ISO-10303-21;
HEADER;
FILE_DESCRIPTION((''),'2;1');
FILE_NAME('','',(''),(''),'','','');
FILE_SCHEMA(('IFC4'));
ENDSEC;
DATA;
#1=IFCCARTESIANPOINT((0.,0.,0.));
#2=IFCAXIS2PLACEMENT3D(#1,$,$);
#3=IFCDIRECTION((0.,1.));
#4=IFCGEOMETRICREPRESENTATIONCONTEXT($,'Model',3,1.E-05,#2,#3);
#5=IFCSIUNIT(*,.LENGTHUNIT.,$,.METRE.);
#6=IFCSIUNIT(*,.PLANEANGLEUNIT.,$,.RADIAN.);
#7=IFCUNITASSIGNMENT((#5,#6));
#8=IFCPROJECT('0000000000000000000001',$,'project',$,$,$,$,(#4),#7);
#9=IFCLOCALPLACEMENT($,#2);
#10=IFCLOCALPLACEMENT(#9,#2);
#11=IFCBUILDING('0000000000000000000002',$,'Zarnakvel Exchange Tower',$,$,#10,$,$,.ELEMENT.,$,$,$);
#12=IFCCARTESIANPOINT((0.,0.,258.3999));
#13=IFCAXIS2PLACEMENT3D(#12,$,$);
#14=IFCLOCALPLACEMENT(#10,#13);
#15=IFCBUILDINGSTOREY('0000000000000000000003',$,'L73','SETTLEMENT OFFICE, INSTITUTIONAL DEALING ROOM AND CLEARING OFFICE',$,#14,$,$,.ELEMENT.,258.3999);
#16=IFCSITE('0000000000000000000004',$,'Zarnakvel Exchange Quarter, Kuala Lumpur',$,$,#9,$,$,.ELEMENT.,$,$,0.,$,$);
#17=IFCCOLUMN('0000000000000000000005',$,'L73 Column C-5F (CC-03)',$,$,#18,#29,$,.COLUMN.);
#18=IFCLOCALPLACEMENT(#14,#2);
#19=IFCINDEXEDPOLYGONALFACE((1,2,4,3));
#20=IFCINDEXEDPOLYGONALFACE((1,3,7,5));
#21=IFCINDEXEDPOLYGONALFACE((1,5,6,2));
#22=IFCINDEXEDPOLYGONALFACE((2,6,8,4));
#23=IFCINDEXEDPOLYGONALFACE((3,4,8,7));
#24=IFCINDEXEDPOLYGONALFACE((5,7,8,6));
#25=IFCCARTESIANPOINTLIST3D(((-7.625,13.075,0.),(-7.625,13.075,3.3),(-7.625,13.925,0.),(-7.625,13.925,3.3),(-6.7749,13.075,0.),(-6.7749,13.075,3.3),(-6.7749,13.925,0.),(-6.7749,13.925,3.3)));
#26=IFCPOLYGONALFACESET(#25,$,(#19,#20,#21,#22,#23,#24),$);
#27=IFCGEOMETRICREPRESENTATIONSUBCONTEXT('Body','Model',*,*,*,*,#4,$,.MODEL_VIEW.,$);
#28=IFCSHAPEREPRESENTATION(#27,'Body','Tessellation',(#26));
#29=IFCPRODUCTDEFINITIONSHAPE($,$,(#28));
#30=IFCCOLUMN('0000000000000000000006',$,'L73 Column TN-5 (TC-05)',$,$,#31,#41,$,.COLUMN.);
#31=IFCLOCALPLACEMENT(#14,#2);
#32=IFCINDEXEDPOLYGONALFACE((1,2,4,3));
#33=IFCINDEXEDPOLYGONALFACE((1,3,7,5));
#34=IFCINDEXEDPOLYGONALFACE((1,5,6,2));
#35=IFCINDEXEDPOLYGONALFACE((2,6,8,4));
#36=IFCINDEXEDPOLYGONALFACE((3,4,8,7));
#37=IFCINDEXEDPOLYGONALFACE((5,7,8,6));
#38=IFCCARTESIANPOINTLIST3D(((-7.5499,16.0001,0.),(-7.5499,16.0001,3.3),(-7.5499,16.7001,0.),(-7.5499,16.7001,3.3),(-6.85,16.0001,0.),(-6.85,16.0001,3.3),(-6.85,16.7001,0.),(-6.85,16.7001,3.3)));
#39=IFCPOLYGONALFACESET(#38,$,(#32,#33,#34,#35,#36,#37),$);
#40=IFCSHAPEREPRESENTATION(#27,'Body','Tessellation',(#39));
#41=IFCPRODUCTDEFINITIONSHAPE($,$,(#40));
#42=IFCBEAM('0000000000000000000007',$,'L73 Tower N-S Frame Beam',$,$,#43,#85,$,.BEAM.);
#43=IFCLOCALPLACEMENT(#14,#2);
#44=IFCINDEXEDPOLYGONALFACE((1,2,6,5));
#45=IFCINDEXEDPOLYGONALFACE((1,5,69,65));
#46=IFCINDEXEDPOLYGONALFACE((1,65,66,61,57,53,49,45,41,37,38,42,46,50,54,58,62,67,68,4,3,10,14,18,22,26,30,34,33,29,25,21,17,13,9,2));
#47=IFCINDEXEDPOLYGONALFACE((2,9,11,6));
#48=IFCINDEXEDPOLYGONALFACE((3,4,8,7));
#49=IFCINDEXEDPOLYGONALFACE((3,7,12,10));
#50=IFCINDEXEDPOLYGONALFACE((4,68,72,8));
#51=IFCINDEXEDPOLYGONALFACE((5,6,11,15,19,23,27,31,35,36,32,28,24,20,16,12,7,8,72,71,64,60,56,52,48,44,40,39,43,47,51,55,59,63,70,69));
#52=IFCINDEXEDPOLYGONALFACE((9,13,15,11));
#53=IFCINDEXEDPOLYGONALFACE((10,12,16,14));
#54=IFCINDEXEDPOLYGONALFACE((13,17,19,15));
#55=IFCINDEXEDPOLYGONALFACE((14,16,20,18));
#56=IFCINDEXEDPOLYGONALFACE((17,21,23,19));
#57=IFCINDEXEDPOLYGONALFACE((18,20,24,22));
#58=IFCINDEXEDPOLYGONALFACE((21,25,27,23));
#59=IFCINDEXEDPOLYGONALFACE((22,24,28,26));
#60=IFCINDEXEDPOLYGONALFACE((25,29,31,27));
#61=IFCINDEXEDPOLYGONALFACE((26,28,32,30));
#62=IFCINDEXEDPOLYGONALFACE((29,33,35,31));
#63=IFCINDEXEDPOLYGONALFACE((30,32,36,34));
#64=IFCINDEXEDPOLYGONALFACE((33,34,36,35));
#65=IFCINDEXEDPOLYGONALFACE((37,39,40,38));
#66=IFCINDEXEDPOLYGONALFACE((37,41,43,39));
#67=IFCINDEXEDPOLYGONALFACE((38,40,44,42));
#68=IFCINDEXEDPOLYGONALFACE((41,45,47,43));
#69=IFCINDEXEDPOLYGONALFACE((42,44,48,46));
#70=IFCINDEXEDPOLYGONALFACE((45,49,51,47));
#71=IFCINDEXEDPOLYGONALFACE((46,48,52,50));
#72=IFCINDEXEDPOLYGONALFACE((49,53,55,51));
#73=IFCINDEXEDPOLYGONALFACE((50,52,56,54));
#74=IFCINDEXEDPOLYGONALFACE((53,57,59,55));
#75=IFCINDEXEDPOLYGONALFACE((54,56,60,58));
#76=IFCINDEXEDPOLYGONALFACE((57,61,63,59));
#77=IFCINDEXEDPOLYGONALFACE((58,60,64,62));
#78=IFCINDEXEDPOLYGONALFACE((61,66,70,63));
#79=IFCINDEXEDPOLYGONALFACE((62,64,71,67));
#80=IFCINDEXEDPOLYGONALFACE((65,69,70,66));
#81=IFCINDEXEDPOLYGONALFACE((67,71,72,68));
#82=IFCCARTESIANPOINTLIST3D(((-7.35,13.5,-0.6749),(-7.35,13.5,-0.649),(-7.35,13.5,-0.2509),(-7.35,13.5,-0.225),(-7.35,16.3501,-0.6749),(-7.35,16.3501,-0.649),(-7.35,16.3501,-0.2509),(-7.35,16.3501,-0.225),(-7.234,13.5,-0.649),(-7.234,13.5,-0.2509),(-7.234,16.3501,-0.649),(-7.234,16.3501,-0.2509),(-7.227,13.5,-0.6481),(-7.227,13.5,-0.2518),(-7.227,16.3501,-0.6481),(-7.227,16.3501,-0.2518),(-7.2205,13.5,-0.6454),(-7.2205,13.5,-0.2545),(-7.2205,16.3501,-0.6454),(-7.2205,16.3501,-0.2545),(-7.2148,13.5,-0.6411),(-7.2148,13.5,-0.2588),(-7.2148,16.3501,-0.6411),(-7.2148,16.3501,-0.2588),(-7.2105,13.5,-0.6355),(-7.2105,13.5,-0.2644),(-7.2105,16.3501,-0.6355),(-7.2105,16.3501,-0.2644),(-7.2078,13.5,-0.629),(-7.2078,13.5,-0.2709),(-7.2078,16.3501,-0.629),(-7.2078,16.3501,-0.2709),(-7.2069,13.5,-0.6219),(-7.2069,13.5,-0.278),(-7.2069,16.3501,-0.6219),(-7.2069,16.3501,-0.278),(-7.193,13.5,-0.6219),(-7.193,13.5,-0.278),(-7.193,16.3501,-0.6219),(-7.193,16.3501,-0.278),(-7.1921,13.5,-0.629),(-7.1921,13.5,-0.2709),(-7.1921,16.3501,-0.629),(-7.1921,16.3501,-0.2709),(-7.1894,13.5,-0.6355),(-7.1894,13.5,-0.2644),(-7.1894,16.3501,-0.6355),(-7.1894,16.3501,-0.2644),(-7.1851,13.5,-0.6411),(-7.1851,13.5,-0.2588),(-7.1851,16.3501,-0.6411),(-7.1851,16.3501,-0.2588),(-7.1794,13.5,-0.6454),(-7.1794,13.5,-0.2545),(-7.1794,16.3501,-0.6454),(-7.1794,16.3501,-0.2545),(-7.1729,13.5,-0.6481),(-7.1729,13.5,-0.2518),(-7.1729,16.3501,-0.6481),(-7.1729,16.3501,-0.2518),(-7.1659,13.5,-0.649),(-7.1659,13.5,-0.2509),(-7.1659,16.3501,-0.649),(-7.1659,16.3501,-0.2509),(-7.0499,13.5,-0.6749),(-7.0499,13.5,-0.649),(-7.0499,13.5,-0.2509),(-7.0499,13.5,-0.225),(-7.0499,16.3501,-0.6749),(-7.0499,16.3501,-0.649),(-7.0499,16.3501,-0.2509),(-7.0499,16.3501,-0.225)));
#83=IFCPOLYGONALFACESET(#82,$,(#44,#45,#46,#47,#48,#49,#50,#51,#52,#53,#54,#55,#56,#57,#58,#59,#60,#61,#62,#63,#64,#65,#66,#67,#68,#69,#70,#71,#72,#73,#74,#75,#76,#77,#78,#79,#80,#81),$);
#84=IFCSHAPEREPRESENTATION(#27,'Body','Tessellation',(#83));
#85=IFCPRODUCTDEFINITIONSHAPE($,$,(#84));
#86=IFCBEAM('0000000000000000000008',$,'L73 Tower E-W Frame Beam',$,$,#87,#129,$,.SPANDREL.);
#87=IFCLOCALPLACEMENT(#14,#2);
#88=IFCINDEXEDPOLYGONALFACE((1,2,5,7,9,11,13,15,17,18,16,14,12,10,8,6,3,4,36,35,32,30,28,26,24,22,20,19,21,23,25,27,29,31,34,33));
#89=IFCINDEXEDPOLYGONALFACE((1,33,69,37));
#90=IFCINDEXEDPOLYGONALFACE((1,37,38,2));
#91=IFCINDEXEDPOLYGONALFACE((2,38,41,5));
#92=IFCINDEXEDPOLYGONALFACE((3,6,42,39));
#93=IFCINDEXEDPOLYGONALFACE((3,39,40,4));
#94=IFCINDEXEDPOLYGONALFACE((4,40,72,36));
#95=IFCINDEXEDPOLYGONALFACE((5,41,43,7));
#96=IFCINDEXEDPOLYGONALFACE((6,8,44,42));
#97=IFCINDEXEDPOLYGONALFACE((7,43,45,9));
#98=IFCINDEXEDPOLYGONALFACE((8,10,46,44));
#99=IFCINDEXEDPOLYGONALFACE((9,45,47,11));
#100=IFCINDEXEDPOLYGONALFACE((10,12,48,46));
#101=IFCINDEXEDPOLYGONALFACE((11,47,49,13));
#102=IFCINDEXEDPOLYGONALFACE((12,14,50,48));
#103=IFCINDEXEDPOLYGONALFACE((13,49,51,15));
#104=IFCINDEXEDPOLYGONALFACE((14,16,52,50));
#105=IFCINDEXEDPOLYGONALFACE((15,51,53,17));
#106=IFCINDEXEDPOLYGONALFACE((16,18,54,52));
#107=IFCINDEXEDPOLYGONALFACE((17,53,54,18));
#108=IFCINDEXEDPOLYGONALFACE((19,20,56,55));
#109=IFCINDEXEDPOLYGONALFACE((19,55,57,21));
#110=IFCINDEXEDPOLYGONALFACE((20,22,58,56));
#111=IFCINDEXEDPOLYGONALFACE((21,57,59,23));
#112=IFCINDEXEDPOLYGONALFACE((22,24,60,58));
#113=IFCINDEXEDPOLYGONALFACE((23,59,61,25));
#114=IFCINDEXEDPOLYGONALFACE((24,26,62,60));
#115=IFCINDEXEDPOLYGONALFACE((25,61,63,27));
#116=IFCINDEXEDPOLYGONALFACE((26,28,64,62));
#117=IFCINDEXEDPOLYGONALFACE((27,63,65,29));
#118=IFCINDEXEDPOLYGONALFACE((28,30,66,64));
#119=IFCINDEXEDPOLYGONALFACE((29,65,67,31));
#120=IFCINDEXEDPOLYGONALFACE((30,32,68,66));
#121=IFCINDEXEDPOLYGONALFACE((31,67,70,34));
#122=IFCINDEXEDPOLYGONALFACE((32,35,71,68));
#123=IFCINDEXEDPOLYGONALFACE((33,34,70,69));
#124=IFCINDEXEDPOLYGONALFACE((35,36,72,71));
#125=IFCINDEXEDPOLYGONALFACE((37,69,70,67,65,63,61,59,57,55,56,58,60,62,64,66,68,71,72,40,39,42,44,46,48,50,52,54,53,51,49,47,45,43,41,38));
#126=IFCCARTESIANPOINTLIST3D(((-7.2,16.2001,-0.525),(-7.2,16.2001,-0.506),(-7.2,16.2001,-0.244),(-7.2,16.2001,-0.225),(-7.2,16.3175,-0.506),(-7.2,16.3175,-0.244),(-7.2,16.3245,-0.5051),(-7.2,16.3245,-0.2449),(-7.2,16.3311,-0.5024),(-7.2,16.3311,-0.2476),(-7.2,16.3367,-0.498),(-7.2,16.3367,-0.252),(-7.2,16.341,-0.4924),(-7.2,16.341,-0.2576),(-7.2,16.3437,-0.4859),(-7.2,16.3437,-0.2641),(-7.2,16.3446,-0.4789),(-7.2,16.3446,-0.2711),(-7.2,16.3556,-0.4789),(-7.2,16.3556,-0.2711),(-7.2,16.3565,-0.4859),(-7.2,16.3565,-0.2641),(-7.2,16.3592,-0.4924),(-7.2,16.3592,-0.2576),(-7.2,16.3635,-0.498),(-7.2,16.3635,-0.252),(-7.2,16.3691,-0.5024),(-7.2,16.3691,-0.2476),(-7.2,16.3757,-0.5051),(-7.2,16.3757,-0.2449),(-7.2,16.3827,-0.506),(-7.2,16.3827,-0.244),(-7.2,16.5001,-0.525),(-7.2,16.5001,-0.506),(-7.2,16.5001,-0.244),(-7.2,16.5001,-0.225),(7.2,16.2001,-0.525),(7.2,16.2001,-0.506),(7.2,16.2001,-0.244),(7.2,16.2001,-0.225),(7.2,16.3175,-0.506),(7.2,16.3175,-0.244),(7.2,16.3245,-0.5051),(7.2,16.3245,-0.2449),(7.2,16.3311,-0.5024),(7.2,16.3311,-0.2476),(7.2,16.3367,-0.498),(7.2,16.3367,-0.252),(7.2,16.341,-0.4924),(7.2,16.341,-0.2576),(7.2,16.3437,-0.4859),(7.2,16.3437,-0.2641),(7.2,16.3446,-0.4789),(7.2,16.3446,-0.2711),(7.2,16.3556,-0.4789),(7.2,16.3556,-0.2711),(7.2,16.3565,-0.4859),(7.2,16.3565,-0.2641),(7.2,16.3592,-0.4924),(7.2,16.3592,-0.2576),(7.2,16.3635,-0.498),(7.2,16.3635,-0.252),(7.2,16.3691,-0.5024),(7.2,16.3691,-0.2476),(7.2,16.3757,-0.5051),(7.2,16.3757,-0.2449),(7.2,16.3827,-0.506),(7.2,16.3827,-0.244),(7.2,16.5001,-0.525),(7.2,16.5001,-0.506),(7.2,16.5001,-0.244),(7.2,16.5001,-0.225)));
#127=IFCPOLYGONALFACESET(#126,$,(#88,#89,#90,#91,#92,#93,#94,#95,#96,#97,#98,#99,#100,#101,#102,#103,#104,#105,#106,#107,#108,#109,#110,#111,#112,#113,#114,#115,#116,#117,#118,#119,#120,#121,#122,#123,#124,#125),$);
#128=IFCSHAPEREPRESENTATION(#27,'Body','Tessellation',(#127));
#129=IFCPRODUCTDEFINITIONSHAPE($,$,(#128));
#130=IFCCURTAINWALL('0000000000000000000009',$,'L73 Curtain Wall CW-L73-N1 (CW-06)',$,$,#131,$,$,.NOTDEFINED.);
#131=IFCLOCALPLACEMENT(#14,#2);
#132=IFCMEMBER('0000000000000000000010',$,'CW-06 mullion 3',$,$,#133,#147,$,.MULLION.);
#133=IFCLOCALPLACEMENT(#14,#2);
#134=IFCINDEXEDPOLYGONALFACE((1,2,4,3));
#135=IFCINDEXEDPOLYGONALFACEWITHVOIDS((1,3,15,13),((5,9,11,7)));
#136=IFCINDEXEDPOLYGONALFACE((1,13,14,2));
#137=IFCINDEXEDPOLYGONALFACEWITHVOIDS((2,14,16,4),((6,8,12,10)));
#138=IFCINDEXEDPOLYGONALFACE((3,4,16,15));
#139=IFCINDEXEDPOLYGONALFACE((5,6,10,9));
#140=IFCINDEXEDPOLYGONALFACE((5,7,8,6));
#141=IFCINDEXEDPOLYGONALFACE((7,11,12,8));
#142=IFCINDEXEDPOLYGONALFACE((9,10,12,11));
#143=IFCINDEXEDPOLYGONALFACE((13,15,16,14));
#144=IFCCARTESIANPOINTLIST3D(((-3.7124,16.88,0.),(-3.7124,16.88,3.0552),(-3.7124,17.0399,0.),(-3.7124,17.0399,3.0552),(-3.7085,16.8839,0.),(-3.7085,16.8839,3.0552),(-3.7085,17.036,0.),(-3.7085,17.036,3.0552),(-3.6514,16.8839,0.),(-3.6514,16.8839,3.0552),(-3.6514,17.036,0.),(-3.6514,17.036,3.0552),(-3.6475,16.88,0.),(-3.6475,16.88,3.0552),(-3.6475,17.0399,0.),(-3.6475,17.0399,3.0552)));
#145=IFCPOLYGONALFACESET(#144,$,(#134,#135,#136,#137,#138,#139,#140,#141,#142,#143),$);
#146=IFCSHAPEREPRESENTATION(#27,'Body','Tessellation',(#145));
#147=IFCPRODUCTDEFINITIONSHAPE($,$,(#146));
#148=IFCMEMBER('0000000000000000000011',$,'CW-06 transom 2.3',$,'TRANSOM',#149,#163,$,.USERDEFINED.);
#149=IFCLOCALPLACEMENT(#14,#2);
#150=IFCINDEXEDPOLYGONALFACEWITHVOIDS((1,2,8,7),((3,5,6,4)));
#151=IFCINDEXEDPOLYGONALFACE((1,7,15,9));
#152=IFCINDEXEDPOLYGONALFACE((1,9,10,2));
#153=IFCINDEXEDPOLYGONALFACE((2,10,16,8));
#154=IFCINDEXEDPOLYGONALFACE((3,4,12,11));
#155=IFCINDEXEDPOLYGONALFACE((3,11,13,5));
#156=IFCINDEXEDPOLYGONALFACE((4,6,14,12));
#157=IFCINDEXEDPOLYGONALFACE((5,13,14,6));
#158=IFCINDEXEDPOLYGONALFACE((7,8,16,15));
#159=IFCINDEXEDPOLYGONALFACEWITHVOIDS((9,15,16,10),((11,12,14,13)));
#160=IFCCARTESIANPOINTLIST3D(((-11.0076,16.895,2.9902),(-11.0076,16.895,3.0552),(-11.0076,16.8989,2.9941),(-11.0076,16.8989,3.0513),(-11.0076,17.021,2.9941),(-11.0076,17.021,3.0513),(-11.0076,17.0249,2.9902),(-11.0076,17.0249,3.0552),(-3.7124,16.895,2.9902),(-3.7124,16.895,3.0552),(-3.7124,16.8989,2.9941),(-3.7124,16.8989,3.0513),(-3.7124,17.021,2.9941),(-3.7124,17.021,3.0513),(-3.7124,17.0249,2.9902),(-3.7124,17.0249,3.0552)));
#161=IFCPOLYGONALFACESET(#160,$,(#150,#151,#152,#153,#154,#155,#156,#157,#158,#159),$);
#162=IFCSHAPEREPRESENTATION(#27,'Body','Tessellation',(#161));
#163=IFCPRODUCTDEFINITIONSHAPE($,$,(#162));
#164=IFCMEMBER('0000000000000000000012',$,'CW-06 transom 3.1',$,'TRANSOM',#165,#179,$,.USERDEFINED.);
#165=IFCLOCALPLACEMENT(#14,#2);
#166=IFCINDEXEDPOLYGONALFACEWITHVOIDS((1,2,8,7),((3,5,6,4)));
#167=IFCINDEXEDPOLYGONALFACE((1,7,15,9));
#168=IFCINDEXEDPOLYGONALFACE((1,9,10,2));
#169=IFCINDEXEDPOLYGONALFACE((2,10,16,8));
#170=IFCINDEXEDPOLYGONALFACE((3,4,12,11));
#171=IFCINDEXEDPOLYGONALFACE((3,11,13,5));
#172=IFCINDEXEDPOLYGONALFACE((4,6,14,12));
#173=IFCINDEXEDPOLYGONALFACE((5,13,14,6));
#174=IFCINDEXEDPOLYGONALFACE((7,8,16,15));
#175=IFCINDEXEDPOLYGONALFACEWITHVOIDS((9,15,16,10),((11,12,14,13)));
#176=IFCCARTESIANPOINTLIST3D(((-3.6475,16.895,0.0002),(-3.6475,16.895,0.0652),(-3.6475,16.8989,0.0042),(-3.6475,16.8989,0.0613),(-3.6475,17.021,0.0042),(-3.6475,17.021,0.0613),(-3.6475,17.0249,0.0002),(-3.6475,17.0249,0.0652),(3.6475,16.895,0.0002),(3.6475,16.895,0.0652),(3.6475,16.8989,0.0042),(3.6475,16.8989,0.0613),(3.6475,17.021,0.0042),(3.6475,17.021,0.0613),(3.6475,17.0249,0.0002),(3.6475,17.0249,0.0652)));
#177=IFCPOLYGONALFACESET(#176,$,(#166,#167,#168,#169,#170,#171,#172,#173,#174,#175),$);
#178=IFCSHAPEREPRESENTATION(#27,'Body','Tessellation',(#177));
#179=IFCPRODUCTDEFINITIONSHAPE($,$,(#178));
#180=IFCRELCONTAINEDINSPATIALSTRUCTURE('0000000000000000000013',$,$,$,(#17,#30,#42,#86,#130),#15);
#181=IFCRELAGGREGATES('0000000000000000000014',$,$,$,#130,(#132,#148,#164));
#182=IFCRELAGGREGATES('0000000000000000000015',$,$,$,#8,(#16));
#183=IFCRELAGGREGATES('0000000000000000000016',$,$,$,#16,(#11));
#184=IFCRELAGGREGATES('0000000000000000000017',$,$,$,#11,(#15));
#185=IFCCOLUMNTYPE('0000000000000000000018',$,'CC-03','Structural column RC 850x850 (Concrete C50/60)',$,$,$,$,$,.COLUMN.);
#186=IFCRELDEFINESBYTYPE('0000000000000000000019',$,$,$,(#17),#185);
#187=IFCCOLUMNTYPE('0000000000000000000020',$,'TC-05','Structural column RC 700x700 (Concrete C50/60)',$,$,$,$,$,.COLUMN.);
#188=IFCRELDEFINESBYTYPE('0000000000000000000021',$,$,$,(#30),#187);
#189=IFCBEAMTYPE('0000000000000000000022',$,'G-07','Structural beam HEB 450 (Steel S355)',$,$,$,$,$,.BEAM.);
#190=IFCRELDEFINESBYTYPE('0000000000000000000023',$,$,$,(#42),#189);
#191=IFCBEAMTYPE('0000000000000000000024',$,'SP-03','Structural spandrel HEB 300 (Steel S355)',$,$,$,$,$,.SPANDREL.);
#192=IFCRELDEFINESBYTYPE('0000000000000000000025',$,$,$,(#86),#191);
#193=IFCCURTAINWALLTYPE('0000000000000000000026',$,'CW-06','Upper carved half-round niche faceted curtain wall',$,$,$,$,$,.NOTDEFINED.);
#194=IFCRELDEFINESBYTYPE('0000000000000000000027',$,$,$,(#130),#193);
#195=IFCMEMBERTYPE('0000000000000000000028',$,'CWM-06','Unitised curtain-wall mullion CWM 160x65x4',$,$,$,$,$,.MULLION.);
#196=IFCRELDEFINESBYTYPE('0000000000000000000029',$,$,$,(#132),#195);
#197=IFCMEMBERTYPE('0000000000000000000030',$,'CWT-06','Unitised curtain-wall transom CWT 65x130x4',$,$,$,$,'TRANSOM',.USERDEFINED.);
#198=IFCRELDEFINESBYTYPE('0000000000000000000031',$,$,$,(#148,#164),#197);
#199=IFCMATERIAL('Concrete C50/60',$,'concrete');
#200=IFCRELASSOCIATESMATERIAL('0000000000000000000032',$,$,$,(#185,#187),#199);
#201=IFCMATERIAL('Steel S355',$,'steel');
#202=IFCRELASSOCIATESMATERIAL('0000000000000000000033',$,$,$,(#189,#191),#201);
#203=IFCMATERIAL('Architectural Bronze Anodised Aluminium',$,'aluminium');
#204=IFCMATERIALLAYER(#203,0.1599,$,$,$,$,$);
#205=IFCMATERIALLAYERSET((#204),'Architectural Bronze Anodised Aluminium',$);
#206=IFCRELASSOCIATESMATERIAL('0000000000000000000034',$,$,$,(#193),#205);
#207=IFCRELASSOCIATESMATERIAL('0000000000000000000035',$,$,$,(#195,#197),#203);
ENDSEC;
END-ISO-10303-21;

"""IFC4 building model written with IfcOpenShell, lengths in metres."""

from ifc_helpers import new_model, si_unit, direction, frame, origin, origin_2d, place, context, subcontext, project, spatial, rectangle, hollow_rectangle, i_section, extrude, source, transform, mapped, material, layer, layer_set, material_profile, profile_set, type_object, element, aggregate, save


model = new_model("IFC4")

# Units and contexts
model_context = context("Model", 3, precision=1e-05, world=origin(), true_north=direction((0.0, 1.0)))
body_context = subcontext(model_context, "Body", "Model", "MODEL_VIEW")
ifc_project = project(units=[si_unit("LENGTHUNIT", "METRE"), si_unit("PLANEANGLEUNIT", "RADIAN")], contexts=[model_context])

# Site, building, storey
site_placement = place(None, origin())
site = spatial("IfcSite", under=ifc_project, at=site_placement, Name="Zarnakvel Exchange Quarter, Kuala Lumpur", CompositionType="ELEMENT", RefElevation=0.0)
building_placement = place(site_placement, origin())
building = spatial("IfcBuilding", under=site, at=building_placement, Name="Zarnakvel Exchange Tower", CompositionType="ELEMENT")
storey_placement = place(building_placement, frame((0.0, 0.0, 258.3999)))
storey = spatial("IfcBuildingStorey", under=building, at=storey_placement, Name="L73", Description="SETTLEMENT OFFICE, INSTITUTIONAL DEALING ROOM AND CLEARING OFFICE", CompositionType="ELEMENT", Elevation=258.3999)

# Columns
ifc_material_1 = material(Name="Concrete C50/60", Category="concrete")
ifc_material_profile_1 = material_profile(ifc_material_1, rectangle(XDim=0.8501, YDim=0.8501, at=origin_2d()))
ifc_profile_set_1 = profile_set([ifc_material_profile_1], Name="Concrete C50/60")
column_type_1 = type_object("IfcColumnType", Name="CC-03", Description="Structural column RC 850x850 (Concrete C50/60)", PredefinedType="COLUMN", material=ifc_profile_set_1)
column_1_placement = place(storey_placement, frame((-7.2, 13.5, 0.0), z_axis=(0.0, 0.0, 1.0), x_axis=(1.0, 0.0, 0.0)))
element("IfcColumn", 1, at=column_1_placement, inside=storey, type_object=column_type_1, Name="L73 Column C-5F (CC-03)", PredefinedType="COLUMN", context=body_context, shape_type="SweptSolid", body=[
    extrude(rectangle(XDim=0.8501, YDim=0.8501, at=origin_2d()), origin(), (0.0, 0.0, 1.0), 3.3),
])
ifc_material_profile_2 = material_profile(ifc_material_1, rectangle(XDim=0.7, YDim=0.7, at=origin_2d()))
ifc_profile_set_2 = profile_set([ifc_material_profile_2], Name="Concrete C50/60")
column_type_2 = type_object("IfcColumnType", Name="TC-05", Description="Structural column RC 700x700 (Concrete C50/60)", PredefinedType="COLUMN", material=ifc_profile_set_2)
column_2_placement = place(storey_placement, frame((-7.2, 16.3501, 0.0), z_axis=(0.0, 0.0, 1.0), x_axis=(1.0, 0.0, 0.0)))
element("IfcColumn", 2, at=column_2_placement, inside=storey, type_object=column_type_2, Name="L73 Column TN-5 (TC-05)", PredefinedType="COLUMN", context=body_context, shape_type="SweptSolid", body=[
    extrude(rectangle(XDim=0.7, YDim=0.7, at=origin_2d()), origin(), (0.0, 0.0, 1.0), 3.3),
])

# Beams
ifc_material_2 = material(Name="Steel S355", Category="steel")
ifc_material_profile_3 = material_profile(ifc_material_2, i_section(OverallWidth=0.3, OverallDepth=0.45, WebThickness=0.0139, FlangeThickness=0.0259, FilletRadius=0.0271, at=origin_2d()))
ifc_profile_set_3 = profile_set([ifc_material_profile_3], Name="Steel S355")
beam_type_1 = type_object("IfcBeamType", Name="G-07", Description="Structural beam HEB 450 (Steel S355)", PredefinedType="BEAM", material=ifc_profile_set_3)
beam_1_placement = place(storey_placement, frame((-7.2, 13.5, -0.45), z_axis=(0.0, 1.0, 0.0), x_axis=(-1.0, 0.0, 0.0)))
element("IfcBeam", 3, at=beam_1_placement, inside=storey, type_object=beam_type_1, Name="L73 Tower N-S Frame Beam", PredefinedType="BEAM", context=body_context, shape_type="SweptSolid", body=[
    extrude(i_section(OverallWidth=0.3, OverallDepth=0.45, WebThickness=0.0139, FlangeThickness=0.0259, FilletRadius=0.0271, at=origin_2d()), origin(), (0.0, 0.0, 1.0), 2.8501),
])
ifc_material_profile_4 = material_profile(ifc_material_2, i_section(OverallWidth=0.3, OverallDepth=0.3, WebThickness=0.011, FlangeThickness=0.019, FilletRadius=0.0271, at=origin_2d()))
ifc_profile_set_4 = profile_set([ifc_material_profile_4], Name="Steel S355")
beam_type_2 = type_object("IfcBeamType", Name="SP-03", Description="Structural spandrel HEB 300 (Steel S355)", PredefinedType="SPANDREL", material=ifc_profile_set_4)
beam_2_placement = place(storey_placement, frame((-7.2, 16.3501, -0.375), z_axis=(1.0, 0.0, 0.0), x_axis=(0.0, 1.0, 0.0)))
element("IfcBeam", 4, at=beam_2_placement, inside=storey, type_object=beam_type_2, Name="L73 Tower E-W Frame Beam", PredefinedType="SPANDREL", context=body_context, shape_type="SweptSolid", body=[
    extrude(i_section(OverallWidth=0.3, OverallDepth=0.3, WebThickness=0.011, FlangeThickness=0.019, FilletRadius=0.0271, at=origin_2d()), origin(), (0.0, 0.0, 1.0), 14.3999),
])

# Curtain wall, members
ifc_material_3 = material(Name="Architectural Bronze Anodised Aluminium", Category="aluminium")
ifc_layer_1 = layer(ifc_material_3, 0.1599)
ifc_layer_set_1 = layer_set([ifc_layer_1], Name="Architectural Bronze Anodised Aluminium")
curtain_wall_type = type_object("IfcCurtainWallType", Name="CW-06", Description="Upper carved half-round niche faceted curtain wall", PredefinedType="NOTDEFINED", material=ifc_layer_set_1)
curtain_wall_placement = place(storey_placement, origin())
curtain_wall = element("IfcCurtainWall", 5, at=curtain_wall_placement, inside=storey, type_object=curtain_wall_type, Name="L73 Curtain Wall CW-L73-N1 (CW-06)", PredefinedType="NOTDEFINED")
ifc_material_profile_5 = material_profile(ifc_material_3, hollow_rectangle(XDim=0.1599, YDim=0.0649, WallThickness=0.0039, at=origin_2d()))
ifc_profile_set_5 = profile_set([ifc_material_profile_5], Name="Architectural Bronze Anodised Aluminium")
member_type_1 = type_object("IfcMemberType", Name="CWM-06", Description="Unitised curtain-wall mullion CWM 160x65x4", PredefinedType="MULLION", material=ifc_profile_set_5)
shared_shape_1 = source(origin(), body_context, "Body", "SweptSolid", [
    extrude(hollow_rectangle(XDim=0.1599, YDim=0.0649, WallThickness=0.0039, at=origin_2d()), origin(), (0.0, 0.0, 1.0), 3.0552),
])
member_1_placement = place(storey_placement, frame((-3.6799, 16.96, 0.0), z_axis=(0.0, 0.0, 1.0), x_axis=(0.0, 1.0, 0.0)))
member_1 = element("IfcMember", 6, at=member_1_placement, type_object=member_type_1, Name="CW-06 mullion 3", PredefinedType="MULLION", context=body_context, shape_type="MappedRepresentation", body=[
    mapped(shared_shape_1, transform((0.0, 0.0, 0.0), x_axis=(1.0, 0.0, 0.0), y_axis=(0.0, 1.0, 0.0), z_axis=(0.0, 0.0, 1.0), scale=1.0)),
])
ifc_material_profile_6 = material_profile(ifc_material_3, hollow_rectangle(XDim=0.1299, YDim=0.0649, WallThickness=0.0039, at=origin_2d()))
ifc_profile_set_6 = profile_set([ifc_material_profile_6], Name="Architectural Bronze Anodised Aluminium")
member_type_2 = type_object("IfcMemberType", Name="CWT-06", Description="Unitised curtain-wall transom CWT 65x130x4", ElementType="TRANSOM", PredefinedType="USERDEFINED", material=ifc_profile_set_6)
shared_shape_2 = source(origin(), body_context, "Body", "SweptSolid", [
    extrude(hollow_rectangle(XDim=0.1299, YDim=0.0649, WallThickness=0.0039, at=origin_2d()), origin(), (0.0, 0.0, 1.0), 7.2952),
])
member_2_placement = place(storey_placement, frame((-11.0076, 16.96, 3.0227), z_axis=(1.0, 0.0, 0.0), x_axis=(0.0, 1.0, 0.0)))
member_2 = element("IfcMember", 7, at=member_2_placement, type_object=member_type_2, Name="CW-06 transom 2.3", ObjectType="TRANSOM", PredefinedType="USERDEFINED", context=body_context, shape_type="MappedRepresentation", body=[
    mapped(shared_shape_2, transform((0.0, 0.0, 0.0), x_axis=(1.0, 0.0, 0.0), y_axis=(0.0, 1.0, 0.0), z_axis=(0.0, 0.0, 1.0), scale=1.0)),
])
shared_shape_3 = source(origin(), body_context, "Body", "SweptSolid", [
    extrude(hollow_rectangle(XDim=0.1299, YDim=0.0649, WallThickness=0.0039, at=origin_2d()), origin(), (0.0, 0.0, 1.0), 7.2949),
])
member_3_placement = place(storey_placement, frame((-3.6475, 16.96, 0.0327), z_axis=(1.0, 0.0, 0.0), x_axis=(0.0, 1.0, 0.0)))
member_3 = element("IfcMember", 8, at=member_3_placement, type_object=member_type_2, Name="CW-06 transom 3.1", ObjectType="TRANSOM", PredefinedType="USERDEFINED", context=body_context, shape_type="MappedRepresentation", body=[
    mapped(shared_shape_3, transform((0.0, 0.0, 0.0), x_axis=(1.0, 0.0, 0.0), y_axis=(0.0, 1.0, 0.0), z_axis=(0.0, 0.0, 1.0), scale=1.0)),
])
aggregate(curtain_wall, [member_1, member_2, member_3])

save(model, "model.ifc")
